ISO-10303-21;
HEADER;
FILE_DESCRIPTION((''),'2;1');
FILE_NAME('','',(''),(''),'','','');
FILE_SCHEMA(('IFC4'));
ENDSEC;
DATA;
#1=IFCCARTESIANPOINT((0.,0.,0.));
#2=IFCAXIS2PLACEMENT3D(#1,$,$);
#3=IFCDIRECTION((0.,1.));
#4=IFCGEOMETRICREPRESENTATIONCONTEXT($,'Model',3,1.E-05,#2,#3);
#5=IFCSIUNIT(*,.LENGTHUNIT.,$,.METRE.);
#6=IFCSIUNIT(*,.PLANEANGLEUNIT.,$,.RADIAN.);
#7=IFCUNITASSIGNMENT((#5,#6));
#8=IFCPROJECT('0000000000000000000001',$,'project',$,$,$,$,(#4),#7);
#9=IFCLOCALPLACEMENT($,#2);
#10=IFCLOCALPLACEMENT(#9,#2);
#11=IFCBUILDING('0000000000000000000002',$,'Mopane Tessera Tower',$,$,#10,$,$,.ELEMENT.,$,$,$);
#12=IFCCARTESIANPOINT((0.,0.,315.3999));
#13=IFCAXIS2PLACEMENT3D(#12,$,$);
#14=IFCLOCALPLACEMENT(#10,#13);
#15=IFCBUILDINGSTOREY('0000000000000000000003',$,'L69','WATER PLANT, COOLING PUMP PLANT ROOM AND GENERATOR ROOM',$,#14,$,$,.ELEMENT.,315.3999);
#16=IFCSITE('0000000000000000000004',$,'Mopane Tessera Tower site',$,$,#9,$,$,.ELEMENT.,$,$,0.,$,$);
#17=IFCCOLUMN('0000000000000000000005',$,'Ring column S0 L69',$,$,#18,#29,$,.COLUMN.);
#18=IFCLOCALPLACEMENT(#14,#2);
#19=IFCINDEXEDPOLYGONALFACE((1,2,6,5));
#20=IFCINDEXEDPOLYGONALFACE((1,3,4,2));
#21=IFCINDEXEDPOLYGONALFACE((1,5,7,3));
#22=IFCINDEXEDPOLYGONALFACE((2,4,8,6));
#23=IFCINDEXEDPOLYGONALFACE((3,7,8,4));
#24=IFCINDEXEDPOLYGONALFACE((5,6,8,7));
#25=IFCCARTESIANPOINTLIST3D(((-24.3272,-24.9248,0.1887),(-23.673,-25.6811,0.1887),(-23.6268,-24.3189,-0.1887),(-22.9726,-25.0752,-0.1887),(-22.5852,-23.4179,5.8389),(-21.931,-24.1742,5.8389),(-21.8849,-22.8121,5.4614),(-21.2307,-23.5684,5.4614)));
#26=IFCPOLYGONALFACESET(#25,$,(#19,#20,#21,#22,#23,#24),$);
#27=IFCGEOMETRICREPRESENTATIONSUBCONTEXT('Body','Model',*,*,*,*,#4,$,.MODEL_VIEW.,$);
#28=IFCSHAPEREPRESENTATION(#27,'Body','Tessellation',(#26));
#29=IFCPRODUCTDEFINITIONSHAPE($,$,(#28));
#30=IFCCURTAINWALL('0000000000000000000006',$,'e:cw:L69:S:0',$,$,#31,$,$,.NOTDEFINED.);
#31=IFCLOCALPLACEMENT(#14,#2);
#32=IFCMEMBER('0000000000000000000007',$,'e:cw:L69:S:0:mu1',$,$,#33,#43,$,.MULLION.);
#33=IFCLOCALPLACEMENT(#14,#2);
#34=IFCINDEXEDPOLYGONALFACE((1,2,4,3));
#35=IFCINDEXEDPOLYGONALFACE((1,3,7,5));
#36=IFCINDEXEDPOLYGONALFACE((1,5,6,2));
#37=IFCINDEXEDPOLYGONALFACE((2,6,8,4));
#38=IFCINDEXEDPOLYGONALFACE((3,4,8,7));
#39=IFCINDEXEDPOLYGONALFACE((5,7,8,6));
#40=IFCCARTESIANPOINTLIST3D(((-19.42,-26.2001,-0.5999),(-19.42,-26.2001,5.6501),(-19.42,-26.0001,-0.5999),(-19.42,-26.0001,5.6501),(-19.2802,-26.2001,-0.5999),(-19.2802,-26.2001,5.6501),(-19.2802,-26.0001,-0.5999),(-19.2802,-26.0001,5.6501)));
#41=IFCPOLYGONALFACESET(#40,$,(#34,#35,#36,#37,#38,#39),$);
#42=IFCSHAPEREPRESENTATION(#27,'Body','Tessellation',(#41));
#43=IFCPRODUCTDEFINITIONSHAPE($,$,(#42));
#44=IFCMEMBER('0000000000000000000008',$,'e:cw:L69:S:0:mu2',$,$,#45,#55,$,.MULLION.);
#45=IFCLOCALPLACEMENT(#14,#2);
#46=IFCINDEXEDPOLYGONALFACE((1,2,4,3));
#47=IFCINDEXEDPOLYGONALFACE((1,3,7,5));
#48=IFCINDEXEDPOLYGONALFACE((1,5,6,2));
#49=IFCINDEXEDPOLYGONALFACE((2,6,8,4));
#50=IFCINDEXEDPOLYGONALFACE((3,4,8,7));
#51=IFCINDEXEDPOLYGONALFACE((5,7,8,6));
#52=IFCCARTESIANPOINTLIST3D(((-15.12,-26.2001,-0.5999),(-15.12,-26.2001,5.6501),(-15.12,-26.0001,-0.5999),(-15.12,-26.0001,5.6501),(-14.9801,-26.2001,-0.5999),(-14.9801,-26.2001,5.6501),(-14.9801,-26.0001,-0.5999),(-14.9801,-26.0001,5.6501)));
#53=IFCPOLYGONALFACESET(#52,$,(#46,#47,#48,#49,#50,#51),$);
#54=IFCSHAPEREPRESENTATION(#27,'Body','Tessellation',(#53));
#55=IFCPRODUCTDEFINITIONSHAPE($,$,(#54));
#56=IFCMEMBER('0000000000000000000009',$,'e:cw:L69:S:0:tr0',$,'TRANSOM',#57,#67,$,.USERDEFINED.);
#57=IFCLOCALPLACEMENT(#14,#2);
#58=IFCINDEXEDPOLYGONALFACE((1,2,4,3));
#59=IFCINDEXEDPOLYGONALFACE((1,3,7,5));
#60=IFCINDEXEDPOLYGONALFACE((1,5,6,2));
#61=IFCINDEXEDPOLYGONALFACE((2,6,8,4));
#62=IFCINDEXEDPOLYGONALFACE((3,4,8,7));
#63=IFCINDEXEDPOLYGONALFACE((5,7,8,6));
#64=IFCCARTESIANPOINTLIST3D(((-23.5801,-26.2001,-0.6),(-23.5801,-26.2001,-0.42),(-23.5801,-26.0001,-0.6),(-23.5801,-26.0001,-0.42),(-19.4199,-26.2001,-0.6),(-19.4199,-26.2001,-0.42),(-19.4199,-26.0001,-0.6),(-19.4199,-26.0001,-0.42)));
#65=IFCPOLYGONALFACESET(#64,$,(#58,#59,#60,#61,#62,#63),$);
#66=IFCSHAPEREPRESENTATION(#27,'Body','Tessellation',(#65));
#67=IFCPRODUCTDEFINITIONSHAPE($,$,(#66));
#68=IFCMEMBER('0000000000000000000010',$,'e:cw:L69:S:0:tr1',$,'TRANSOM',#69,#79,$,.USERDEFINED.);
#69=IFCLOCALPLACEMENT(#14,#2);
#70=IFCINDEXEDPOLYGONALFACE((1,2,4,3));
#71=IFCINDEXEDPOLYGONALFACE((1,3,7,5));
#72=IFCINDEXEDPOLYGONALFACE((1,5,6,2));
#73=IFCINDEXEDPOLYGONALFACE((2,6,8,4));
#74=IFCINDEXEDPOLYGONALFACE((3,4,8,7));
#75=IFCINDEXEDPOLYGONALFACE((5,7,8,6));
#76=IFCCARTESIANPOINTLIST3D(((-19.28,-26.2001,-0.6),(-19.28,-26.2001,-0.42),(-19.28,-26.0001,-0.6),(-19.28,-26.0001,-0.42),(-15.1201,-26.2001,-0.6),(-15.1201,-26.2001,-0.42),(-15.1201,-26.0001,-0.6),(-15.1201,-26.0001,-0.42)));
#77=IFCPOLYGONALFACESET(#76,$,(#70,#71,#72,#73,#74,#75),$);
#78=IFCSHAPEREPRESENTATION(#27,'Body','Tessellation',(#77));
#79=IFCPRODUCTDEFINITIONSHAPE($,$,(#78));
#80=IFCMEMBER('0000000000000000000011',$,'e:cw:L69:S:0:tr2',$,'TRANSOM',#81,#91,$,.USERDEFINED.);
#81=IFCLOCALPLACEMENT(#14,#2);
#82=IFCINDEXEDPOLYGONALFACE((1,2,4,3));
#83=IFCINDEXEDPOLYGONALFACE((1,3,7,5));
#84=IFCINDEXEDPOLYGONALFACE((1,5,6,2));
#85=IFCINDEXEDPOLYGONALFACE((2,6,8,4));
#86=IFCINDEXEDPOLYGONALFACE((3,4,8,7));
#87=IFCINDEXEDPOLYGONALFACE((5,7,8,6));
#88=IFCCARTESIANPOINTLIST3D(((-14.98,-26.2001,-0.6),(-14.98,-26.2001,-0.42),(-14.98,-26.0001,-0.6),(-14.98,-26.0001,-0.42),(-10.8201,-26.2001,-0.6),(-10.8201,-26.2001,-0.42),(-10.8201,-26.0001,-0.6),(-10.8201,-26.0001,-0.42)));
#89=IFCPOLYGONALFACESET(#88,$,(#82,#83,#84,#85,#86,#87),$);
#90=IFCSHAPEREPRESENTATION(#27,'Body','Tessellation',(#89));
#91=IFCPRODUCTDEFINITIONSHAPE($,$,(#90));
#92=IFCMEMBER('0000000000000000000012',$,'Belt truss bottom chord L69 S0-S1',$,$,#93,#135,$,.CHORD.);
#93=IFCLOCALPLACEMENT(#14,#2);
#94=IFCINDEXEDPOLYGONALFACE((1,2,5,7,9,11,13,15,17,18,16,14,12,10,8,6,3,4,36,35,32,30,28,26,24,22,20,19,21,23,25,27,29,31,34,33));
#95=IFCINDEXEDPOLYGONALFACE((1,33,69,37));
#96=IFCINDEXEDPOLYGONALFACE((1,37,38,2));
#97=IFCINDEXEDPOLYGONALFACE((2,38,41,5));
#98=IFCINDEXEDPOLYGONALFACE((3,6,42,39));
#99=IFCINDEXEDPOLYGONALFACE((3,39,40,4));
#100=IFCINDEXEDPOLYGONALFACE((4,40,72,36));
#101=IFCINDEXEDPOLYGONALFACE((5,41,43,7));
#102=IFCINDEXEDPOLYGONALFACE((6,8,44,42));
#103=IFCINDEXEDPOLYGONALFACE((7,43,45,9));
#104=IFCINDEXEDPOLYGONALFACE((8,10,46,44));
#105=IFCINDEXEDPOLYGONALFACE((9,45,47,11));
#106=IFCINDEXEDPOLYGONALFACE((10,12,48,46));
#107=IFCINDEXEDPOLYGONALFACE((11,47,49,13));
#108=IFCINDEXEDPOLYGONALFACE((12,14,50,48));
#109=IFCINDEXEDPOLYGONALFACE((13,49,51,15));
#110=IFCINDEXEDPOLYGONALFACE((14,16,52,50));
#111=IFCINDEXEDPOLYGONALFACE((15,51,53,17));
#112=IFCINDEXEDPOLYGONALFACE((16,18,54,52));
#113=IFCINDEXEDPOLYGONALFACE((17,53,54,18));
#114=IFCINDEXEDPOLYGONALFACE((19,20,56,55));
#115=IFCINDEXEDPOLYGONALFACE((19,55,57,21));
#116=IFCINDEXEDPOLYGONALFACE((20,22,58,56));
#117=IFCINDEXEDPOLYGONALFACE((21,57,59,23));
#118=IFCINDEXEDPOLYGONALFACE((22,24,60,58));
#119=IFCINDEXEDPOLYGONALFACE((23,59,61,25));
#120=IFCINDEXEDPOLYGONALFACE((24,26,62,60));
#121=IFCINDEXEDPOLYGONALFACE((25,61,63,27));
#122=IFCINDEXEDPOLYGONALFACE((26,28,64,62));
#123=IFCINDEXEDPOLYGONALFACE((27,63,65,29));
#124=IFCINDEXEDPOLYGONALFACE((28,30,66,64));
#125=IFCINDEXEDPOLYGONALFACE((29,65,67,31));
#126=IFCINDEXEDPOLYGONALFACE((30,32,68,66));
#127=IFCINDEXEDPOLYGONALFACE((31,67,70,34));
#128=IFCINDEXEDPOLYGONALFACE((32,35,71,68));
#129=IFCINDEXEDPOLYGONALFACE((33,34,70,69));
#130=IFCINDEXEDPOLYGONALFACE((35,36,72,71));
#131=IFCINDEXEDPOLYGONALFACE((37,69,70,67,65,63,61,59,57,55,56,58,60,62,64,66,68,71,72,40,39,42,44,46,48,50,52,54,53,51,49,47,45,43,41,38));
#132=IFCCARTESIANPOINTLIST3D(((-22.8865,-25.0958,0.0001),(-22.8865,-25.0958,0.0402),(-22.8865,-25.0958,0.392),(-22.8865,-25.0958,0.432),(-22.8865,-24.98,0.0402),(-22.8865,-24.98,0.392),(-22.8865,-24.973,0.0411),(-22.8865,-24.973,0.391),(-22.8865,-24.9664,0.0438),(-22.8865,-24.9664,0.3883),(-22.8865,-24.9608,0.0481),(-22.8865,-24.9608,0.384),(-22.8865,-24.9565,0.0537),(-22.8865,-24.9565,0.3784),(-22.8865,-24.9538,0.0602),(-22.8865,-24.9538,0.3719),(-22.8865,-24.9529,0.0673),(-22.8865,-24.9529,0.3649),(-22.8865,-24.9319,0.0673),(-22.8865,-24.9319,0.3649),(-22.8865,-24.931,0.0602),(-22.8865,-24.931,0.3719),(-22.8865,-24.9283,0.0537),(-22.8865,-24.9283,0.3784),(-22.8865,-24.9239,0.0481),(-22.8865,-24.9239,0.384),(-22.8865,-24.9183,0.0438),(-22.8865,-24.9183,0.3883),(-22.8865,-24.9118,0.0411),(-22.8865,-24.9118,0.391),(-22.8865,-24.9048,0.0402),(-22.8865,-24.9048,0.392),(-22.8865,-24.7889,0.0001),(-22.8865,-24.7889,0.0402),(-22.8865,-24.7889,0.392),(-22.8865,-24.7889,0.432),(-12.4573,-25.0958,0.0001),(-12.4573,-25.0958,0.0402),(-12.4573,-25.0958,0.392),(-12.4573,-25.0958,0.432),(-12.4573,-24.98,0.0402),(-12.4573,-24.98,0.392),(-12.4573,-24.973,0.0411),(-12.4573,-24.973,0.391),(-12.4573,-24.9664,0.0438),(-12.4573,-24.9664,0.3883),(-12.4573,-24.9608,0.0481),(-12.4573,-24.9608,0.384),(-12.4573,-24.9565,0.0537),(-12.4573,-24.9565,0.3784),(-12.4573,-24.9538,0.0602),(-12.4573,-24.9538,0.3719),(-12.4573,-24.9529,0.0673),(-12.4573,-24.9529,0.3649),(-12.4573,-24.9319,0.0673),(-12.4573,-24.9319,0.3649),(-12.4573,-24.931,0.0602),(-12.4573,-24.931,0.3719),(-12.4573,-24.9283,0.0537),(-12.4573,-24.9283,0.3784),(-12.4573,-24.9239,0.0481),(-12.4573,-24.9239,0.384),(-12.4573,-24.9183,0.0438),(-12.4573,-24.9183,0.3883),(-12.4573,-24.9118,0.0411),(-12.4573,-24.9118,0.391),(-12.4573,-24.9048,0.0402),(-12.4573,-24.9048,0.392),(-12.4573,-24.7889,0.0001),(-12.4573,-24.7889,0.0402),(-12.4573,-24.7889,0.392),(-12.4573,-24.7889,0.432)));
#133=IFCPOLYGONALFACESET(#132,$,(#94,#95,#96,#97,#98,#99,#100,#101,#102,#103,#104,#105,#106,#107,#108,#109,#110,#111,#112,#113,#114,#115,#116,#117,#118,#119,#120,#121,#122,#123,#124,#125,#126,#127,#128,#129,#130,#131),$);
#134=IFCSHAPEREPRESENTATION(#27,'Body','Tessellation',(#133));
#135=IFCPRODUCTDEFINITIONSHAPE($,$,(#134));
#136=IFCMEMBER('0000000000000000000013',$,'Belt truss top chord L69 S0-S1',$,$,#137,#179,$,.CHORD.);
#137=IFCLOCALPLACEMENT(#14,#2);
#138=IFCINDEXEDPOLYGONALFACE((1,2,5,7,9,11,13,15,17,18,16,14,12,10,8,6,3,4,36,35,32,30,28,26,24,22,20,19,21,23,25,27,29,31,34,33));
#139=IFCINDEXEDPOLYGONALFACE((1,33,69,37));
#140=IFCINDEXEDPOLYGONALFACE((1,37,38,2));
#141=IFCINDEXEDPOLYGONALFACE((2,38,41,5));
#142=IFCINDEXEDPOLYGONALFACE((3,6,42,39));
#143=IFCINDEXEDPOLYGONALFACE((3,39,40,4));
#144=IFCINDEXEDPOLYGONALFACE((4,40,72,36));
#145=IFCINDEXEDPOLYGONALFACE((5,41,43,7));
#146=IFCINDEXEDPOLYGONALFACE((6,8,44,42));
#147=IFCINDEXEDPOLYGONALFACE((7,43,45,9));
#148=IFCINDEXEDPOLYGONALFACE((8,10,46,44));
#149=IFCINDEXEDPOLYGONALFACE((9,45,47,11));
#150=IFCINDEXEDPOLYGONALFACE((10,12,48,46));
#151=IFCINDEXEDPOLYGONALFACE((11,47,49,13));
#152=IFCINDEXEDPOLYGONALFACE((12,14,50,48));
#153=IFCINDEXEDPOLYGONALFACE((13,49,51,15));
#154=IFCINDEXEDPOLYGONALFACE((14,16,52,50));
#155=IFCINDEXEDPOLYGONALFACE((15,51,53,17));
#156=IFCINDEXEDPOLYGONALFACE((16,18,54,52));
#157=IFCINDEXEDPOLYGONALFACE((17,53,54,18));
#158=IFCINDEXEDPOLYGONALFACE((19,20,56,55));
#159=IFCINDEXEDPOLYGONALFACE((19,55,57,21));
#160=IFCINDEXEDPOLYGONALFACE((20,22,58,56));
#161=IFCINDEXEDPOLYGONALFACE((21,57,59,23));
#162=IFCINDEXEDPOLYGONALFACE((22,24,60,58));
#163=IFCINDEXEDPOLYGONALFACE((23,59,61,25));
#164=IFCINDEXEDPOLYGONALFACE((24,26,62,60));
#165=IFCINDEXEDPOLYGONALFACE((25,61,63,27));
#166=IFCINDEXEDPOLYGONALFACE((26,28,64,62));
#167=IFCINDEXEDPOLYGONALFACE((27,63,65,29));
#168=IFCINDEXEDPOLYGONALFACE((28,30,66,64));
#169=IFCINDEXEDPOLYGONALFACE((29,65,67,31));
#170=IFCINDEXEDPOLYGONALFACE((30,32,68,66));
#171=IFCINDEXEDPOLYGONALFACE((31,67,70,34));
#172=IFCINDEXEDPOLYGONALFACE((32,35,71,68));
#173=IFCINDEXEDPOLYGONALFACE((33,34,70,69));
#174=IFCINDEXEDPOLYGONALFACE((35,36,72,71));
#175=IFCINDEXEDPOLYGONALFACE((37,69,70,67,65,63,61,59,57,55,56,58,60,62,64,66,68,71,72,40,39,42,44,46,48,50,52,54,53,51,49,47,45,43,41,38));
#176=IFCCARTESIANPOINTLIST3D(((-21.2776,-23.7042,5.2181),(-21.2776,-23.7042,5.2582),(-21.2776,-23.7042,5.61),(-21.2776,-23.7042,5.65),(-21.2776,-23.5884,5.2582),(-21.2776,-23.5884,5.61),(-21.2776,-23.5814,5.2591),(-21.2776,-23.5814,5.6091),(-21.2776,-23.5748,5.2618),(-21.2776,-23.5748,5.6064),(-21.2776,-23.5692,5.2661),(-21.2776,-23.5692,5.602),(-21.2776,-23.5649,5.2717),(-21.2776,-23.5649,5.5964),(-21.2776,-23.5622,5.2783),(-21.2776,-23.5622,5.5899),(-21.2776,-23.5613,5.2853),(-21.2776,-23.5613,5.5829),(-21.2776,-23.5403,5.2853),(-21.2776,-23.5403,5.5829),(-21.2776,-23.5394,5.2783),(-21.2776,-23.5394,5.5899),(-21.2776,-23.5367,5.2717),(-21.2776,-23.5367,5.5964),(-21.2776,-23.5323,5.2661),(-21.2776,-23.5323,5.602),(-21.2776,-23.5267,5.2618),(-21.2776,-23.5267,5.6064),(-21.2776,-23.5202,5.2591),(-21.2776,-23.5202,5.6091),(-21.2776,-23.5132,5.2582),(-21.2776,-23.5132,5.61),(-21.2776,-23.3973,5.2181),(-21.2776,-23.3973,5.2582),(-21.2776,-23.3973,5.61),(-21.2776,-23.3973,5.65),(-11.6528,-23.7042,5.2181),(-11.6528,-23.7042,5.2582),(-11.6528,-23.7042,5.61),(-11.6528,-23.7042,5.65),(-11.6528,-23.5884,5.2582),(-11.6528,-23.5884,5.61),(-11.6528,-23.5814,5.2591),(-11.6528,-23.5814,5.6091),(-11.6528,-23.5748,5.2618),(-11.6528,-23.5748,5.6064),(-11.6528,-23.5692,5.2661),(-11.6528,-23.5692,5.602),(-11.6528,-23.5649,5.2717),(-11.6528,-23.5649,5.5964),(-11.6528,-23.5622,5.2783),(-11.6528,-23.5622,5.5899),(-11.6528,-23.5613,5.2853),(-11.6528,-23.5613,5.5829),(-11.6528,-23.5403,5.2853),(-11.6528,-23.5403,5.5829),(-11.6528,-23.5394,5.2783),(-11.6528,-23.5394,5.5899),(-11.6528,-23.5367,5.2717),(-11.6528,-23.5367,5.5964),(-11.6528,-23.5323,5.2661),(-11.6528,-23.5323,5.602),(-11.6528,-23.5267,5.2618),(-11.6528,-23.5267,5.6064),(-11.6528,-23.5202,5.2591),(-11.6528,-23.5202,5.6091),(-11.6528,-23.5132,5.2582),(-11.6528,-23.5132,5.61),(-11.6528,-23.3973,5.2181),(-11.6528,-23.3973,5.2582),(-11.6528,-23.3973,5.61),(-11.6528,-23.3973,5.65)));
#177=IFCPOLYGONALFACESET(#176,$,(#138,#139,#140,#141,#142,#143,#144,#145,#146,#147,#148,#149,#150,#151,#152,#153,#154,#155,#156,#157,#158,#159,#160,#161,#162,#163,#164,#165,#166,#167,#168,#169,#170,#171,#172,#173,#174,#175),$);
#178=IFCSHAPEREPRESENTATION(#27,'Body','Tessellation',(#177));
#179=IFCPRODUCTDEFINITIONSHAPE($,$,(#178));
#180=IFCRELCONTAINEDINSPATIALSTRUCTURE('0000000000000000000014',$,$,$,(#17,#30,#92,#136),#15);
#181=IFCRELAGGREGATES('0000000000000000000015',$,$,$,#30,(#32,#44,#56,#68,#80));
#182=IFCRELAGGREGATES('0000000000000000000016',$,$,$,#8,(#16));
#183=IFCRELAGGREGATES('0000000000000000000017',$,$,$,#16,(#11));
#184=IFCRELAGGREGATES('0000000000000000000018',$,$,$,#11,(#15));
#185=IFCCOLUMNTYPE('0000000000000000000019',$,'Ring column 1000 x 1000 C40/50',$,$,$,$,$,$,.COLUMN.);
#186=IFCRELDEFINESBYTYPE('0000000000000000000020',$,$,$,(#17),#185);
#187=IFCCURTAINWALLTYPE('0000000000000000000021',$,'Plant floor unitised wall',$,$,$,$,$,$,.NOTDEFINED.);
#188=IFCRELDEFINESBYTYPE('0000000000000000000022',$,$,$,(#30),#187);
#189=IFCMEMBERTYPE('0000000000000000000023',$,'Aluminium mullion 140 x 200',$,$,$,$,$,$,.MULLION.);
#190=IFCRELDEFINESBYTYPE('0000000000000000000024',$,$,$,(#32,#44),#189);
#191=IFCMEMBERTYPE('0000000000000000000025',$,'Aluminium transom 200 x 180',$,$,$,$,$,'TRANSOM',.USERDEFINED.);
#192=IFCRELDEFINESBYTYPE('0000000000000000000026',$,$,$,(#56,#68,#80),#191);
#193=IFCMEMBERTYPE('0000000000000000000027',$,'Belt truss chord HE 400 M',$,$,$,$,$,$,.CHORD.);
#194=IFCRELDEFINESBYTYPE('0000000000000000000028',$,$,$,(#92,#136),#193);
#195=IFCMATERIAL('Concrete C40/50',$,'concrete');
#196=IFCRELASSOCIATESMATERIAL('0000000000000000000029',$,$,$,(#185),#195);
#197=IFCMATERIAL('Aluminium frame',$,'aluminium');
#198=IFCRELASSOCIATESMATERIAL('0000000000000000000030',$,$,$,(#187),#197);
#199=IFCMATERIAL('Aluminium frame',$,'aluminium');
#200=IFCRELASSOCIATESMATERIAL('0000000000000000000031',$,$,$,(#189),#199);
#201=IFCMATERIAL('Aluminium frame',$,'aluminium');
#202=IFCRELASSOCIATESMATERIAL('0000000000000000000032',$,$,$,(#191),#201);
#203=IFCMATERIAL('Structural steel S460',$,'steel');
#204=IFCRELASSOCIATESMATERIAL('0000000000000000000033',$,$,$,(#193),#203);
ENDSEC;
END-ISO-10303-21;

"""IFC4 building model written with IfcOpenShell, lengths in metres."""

from ifc_helpers import new_model, si_unit, direction, frame, origin, origin_2d, place, context, subcontext, project, spatial, rectangle, i_section, extrude, material, material_profile, profile_set, type_object, element, aggregate, save


model = new_model("IFC4")

# Units and contexts
model_context = context("Model", 3, precision=1e-05, world=origin(), true_north=direction((0.0, 1.0)))
body_context = subcontext(model_context, "Body", "Model", "MODEL_VIEW")
ifc_project = project(units=[si_unit("LENGTHUNIT", "METRE"), si_unit("PLANEANGLEUNIT", "RADIAN")], contexts=[model_context])

# Site, building, storey
site_placement = place(None, origin())
site = spatial("IfcSite", under=ifc_project, at=site_placement, Name="Mopane Tessera Tower site", CompositionType="ELEMENT", RefElevation=0.0)
building_placement = place(site_placement, origin())
building = spatial("IfcBuilding", under=site, at=building_placement, Name="Mopane Tessera Tower", CompositionType="ELEMENT")
storey_placement = place(building_placement, frame((0.0, 0.0, 315.3999)))
storey = spatial("IfcBuildingStorey", under=building, at=storey_placement, Name="L69", Description="WATER PLANT, COOLING PUMP PLANT ROOM AND GENERATOR ROOM", CompositionType="ELEMENT", Elevation=315.3999)

# Column
ifc_material_1 = material(Name="Concrete C40/50", Category="concrete")
ifc_material_profile_1 = material_profile(ifc_material_1, rectangle(XDim=1.0, YDim=1.0, at=origin_2d()))
ifc_profile_set_1 = profile_set([ifc_material_profile_1], Name="Concrete C40/50")
column_type = type_object("IfcColumnType", Name="Ring column 1000 x 1000 C40/50", PredefinedType="COLUMN", material=ifc_profile_set_1)
column_placement = place(storey_placement, frame((-23.6499, -25.0, 0.0), z_axis=(0.285491, 0.246959, 0.926016), x_axis=(-0.654224, 0.756301, 0.0)))
element("IfcColumn", 1, at=column_placement, inside=storey, type_object=column_type, Name="Ring column S0 L69", PredefinedType="COLUMN", context=body_context, shape_type="SweptSolid", body=[
    extrude(rectangle(XDim=1.0, YDim=1.0, at=origin_2d()), origin(), (0.0, 0.0, 1.0), 6.1016),
])

# Curtain wall, members
ifc_material_2 = material(Name="Aluminium frame", Category="aluminium")
curtain_wall_type = type_object("IfcCurtainWallType", Name="Plant floor unitised wall", PredefinedType="NOTDEFINED", material=ifc_material_2)
curtain_wall_placement = place(storey_placement, origin())
curtain_wall = element("IfcCurtainWall", 2, at=curtain_wall_placement, inside=storey, type_object=curtain_wall_type, Name="e:cw:L69:S:0", PredefinedType="NOTDEFINED")
ifc_material_3 = material(Name="Aluminium frame", Category="aluminium")
ifc_material_profile_2 = material_profile(ifc_material_3, rectangle(XDim=0.1399, YDim=0.2, at=origin_2d()))
ifc_profile_set_2 = profile_set([ifc_material_profile_2], Name="Aluminium frame")
member_type_1 = type_object("IfcMemberType", Name="Aluminium mullion 140 x 200", PredefinedType="MULLION", material=ifc_profile_set_2)
member_1_placement = place(storey_placement, frame((-19.3501, -26.1001, -0.5999), z_axis=(0.0, 0.0, 1.0), x_axis=(1.0, 0.0, 0.0)))
member_1 = element("IfcMember", 3, at=member_1_placement, type_object=member_type_1, Name="e:cw:L69:S:0:mu1", PredefinedType="MULLION", context=body_context, shape_type="SweptSolid", body=[
    extrude(rectangle(XDim=0.1399, YDim=0.2, at=origin_2d()), origin(), (0.0, 0.0, 1.0), 6.25),
])
member_2_placement = place(storey_placement, frame((-15.05, -26.1001, -0.5999), z_axis=(0.0, 0.0, 1.0), x_axis=(1.0, 0.0, 0.0)))
member_2 = element("IfcMember", 4, at=member_2_placement, type_object=member_type_1, Name="e:cw:L69:S:0:mu2", PredefinedType="MULLION", context=body_context, shape_type="SweptSolid", body=[
    extrude(rectangle(XDim=0.1399, YDim=0.2, at=origin_2d()), origin(), (0.0, 0.0, 1.0), 6.25),
])
ifc_material_4 = material(Name="Aluminium frame", Category="aluminium")
ifc_material_profile_3 = material_profile(ifc_material_4, rectangle(XDim=0.2, YDim=0.1799, at=origin_2d()))
ifc_profile_set_3 = profile_set([ifc_material_profile_3], Name="Aluminium frame")
member_type_2 = type_object("IfcMemberType", Name="Aluminium transom 200 x 180", ElementType="TRANSOM", PredefinedType="USERDEFINED", material=ifc_profile_set_3)
member_3_placement = place(storey_placement, frame((-23.5801, -26.1001, -0.51), z_axis=(1.0, 0.0, 0.0), x_axis=(0.0, 1.0, 0.0)))
member_3 = element("IfcMember", 5, at=member_3_placement, type_object=member_type_2, Name="e:cw:L69:S:0:tr0", ObjectType="TRANSOM", PredefinedType="USERDEFINED", context=body_context, shape_type="SweptSolid", body=[
    extrude(rectangle(XDim=0.2, YDim=0.1799, at=origin_2d()), origin(), (0.0, 0.0, 1.0), 4.1602),
])
member_4_placement = place(storey_placement, frame((-19.28, -26.1001, -0.51), z_axis=(1.0, 0.0, 0.0), x_axis=(0.0, 1.0, 0.0)))
member_4 = element("IfcMember", 6, at=member_4_placement, type_object=member_type_2, Name="e:cw:L69:S:0:tr1", ObjectType="TRANSOM", PredefinedType="USERDEFINED", context=body_context, shape_type="SweptSolid", body=[
    extrude(rectangle(XDim=0.2, YDim=0.1799, at=origin_2d()), origin(), (0.0, 0.0, 1.0), 4.1599),
])
member_5_placement = place(storey_placement, frame((-14.98, -26.1001, -0.51), z_axis=(1.0, 0.0, 0.0), x_axis=(0.0, 1.0, 0.0)))
member_5 = element("IfcMember", 7, at=member_5_placement, type_object=member_type_2, Name="e:cw:L69:S:0:tr2", ObjectType="TRANSOM", PredefinedType="USERDEFINED", context=body_context, shape_type="SweptSolid", body=[
    extrude(rectangle(XDim=0.2, YDim=0.1799, at=origin_2d()), origin(), (0.0, 0.0, 1.0), 4.1599),
])

# Members
ifc_material_5 = material(Name="Structural steel S460", Category="steel")
ifc_material_profile_4 = material_profile(ifc_material_5, i_section(OverallWidth=0.3069, OverallDepth=0.4319, WebThickness=0.021, FlangeThickness=0.04, FilletRadius=0.0271, at=origin_2d()))
ifc_profile_set_4 = profile_set([ifc_material_profile_4], Name="Structural steel S460")
member_type_3 = type_object("IfcMemberType", Name="Belt truss chord HE 400 M", PredefinedType="CHORD", material=ifc_profile_set_4)
member_6_placement = place(storey_placement, frame((-22.8865, -24.9424, 0.2161), z_axis=(1.0, 0.0, 0.0), x_axis=(0.0, 1.0, 0.0)))
element("IfcMember", 8, at=member_6_placement, inside=storey, type_object=member_type_3, Name="Belt truss bottom chord L69 S0-S1", PredefinedType="CHORD", context=body_context, shape_type="SweptSolid", body=[
    extrude(i_section(OverallWidth=0.3069, OverallDepth=0.4319, WebThickness=0.021, FlangeThickness=0.04, FilletRadius=0.0271, at=origin_2d()), origin(), (0.0, 0.0, 1.0), 10.4292),
])
member_7_placement = place(storey_placement, frame((-21.2776, -23.5508, 5.4341), z_axis=(1.0, 0.0, 0.0), x_axis=(0.0, 1.0, 0.0)))
element("IfcMember", 9, at=member_7_placement, inside=storey, type_object=member_type_3, Name="Belt truss top chord L69 S0-S1", PredefinedType="CHORD", context=body_context, shape_type="SweptSolid", body=[
    extrude(i_section(OverallWidth=0.3069, OverallDepth=0.4319, WebThickness=0.021, FlangeThickness=0.04, FilletRadius=0.0271, at=origin_2d()), origin(), (0.0, 0.0, 1.0), 9.6248),
])

aggregate(curtain_wall, [member_1, member_2, member_3, member_4, member_5])

save(model, "model.ifc")
